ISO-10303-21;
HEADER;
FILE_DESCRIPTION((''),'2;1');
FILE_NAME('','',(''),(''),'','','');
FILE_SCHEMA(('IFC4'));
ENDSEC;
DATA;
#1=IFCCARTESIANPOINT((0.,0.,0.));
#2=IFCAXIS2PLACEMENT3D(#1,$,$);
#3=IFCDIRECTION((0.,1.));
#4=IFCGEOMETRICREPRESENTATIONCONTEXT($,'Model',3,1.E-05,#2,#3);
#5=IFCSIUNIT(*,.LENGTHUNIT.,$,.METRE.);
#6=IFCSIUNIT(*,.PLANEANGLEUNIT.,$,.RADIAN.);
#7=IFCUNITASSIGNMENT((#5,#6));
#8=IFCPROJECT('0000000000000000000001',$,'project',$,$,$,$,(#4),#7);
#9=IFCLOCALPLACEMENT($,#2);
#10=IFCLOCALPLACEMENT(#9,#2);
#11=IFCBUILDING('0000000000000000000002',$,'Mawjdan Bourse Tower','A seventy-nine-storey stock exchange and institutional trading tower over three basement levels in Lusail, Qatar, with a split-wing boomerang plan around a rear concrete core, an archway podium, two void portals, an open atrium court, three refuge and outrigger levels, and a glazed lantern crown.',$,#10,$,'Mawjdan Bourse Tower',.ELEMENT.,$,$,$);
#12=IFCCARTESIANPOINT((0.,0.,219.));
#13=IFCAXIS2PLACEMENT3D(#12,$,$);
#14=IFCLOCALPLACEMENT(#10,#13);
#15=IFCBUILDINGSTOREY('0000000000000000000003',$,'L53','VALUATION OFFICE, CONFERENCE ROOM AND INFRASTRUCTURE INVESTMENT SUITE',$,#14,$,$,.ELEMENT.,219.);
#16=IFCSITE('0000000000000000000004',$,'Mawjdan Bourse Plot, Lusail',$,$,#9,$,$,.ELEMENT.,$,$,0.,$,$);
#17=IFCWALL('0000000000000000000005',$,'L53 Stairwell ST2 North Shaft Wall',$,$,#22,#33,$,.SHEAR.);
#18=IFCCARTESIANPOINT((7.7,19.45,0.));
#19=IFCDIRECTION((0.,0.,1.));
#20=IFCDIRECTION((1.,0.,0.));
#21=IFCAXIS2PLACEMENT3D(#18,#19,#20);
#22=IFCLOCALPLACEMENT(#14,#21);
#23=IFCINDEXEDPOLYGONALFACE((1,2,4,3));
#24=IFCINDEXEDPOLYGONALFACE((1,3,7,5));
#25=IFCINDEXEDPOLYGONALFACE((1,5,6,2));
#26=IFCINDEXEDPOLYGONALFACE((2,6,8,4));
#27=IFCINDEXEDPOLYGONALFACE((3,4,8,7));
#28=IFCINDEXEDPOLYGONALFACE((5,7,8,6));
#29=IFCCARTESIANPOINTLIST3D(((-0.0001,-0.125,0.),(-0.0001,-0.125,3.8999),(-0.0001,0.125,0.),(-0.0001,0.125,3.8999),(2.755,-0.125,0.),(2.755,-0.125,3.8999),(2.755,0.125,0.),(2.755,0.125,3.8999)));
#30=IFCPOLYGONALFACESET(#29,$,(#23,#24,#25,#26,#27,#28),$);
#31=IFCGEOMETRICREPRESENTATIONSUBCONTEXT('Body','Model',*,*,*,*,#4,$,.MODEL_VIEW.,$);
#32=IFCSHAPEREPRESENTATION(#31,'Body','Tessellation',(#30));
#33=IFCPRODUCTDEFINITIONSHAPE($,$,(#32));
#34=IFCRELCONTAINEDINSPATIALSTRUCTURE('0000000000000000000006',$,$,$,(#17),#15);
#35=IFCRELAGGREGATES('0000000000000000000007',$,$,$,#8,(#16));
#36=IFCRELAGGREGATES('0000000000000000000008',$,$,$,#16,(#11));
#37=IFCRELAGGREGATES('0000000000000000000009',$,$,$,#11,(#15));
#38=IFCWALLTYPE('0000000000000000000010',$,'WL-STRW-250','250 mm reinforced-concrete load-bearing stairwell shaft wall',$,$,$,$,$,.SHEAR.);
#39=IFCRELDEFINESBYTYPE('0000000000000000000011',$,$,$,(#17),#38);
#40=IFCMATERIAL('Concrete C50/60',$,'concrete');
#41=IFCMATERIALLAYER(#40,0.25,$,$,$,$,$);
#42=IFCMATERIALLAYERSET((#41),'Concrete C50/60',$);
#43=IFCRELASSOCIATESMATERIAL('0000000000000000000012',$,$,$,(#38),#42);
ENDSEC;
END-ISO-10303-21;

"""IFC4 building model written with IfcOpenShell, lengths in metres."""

from ifc_helpers import new_model, si_unit, direction, frame, frame_2d, origin, place, context, subcontext, project, spatial, rectangle, extrude, material, layer, layer_set, type_object, element, save


model = new_model("IFC4")

# Units and contexts
model_context = context("Model", 3, precision=1e-05, world=origin(), true_north=direction((0.0, 1.0)))
body_context = subcontext(model_context, "Body", "Model", "MODEL_VIEW")
ifc_project = project(units=[si_unit("LENGTHUNIT", "METRE"), si_unit("PLANEANGLEUNIT", "RADIAN")], contexts=[model_context])

# Site, building, storey
site_placement = place(None, origin())
site = spatial("IfcSite", under=ifc_project, at=site_placement, Name="Mawjdan Bourse Plot, Lusail", CompositionType="ELEMENT", RefElevation=0.0)
building_placement = place(site_placement, origin())
building = spatial("IfcBuilding", under=site, at=building_placement, Name="Mawjdan Bourse Tower", Description="A seventy-nine-storey stock exchange and institutional trading tower over three basement levels in Lusail, Qatar, with a split-wing boomerang plan around a rear concrete core, an archway podium, two void portals, an open atrium court, three refuge and outrigger levels, and a glazed lantern crown.", LongName="Mawjdan Bourse Tower", CompositionType="ELEMENT")
storey_placement = place(building_placement, frame((0.0, 0.0, 219.0)))
storey = spatial("IfcBuildingStorey", under=building, at=storey_placement, Name="L53", Description="VALUATION OFFICE, CONFERENCE ROOM AND INFRASTRUCTURE INVESTMENT SUITE", CompositionType="ELEMENT", Elevation=219.0)

# Wall
ifc_material_1 = material(Name="Concrete C50/60", Category="concrete")
ifc_layer_1 = layer(ifc_material_1, 0.25)
ifc_layer_set_1 = layer_set([ifc_layer_1], Name="Concrete C50/60")
wall_type_1 = type_object("IfcWallType", Name="WL-STRW-250", Description="250 mm reinforced-concrete load-bearing stairwell shaft wall", PredefinedType="SHEAR", material=ifc_layer_set_1)
wall_1_placement = place(storey_placement, frame((7.7, 19.45, 0.0), z_axis=(0.0, 0.0, 1.0), x_axis=(1.0, 0.0, 0.0)))
element("IfcWall", 1, at=wall_1_placement, inside=storey, type_object=wall_type_1, Name="L53 Stairwell ST2 North Shaft Wall", PredefinedType="SHEAR", context=body_context, shape_type="SweptSolid", body=[
    extrude(rectangle(XDim=2.7551, YDim=0.25, at=frame_2d((1.3774, 0.0))), origin(), (0.0, 0.0, 1.0), 3.8999),
])

save(model, "model.ifc")
